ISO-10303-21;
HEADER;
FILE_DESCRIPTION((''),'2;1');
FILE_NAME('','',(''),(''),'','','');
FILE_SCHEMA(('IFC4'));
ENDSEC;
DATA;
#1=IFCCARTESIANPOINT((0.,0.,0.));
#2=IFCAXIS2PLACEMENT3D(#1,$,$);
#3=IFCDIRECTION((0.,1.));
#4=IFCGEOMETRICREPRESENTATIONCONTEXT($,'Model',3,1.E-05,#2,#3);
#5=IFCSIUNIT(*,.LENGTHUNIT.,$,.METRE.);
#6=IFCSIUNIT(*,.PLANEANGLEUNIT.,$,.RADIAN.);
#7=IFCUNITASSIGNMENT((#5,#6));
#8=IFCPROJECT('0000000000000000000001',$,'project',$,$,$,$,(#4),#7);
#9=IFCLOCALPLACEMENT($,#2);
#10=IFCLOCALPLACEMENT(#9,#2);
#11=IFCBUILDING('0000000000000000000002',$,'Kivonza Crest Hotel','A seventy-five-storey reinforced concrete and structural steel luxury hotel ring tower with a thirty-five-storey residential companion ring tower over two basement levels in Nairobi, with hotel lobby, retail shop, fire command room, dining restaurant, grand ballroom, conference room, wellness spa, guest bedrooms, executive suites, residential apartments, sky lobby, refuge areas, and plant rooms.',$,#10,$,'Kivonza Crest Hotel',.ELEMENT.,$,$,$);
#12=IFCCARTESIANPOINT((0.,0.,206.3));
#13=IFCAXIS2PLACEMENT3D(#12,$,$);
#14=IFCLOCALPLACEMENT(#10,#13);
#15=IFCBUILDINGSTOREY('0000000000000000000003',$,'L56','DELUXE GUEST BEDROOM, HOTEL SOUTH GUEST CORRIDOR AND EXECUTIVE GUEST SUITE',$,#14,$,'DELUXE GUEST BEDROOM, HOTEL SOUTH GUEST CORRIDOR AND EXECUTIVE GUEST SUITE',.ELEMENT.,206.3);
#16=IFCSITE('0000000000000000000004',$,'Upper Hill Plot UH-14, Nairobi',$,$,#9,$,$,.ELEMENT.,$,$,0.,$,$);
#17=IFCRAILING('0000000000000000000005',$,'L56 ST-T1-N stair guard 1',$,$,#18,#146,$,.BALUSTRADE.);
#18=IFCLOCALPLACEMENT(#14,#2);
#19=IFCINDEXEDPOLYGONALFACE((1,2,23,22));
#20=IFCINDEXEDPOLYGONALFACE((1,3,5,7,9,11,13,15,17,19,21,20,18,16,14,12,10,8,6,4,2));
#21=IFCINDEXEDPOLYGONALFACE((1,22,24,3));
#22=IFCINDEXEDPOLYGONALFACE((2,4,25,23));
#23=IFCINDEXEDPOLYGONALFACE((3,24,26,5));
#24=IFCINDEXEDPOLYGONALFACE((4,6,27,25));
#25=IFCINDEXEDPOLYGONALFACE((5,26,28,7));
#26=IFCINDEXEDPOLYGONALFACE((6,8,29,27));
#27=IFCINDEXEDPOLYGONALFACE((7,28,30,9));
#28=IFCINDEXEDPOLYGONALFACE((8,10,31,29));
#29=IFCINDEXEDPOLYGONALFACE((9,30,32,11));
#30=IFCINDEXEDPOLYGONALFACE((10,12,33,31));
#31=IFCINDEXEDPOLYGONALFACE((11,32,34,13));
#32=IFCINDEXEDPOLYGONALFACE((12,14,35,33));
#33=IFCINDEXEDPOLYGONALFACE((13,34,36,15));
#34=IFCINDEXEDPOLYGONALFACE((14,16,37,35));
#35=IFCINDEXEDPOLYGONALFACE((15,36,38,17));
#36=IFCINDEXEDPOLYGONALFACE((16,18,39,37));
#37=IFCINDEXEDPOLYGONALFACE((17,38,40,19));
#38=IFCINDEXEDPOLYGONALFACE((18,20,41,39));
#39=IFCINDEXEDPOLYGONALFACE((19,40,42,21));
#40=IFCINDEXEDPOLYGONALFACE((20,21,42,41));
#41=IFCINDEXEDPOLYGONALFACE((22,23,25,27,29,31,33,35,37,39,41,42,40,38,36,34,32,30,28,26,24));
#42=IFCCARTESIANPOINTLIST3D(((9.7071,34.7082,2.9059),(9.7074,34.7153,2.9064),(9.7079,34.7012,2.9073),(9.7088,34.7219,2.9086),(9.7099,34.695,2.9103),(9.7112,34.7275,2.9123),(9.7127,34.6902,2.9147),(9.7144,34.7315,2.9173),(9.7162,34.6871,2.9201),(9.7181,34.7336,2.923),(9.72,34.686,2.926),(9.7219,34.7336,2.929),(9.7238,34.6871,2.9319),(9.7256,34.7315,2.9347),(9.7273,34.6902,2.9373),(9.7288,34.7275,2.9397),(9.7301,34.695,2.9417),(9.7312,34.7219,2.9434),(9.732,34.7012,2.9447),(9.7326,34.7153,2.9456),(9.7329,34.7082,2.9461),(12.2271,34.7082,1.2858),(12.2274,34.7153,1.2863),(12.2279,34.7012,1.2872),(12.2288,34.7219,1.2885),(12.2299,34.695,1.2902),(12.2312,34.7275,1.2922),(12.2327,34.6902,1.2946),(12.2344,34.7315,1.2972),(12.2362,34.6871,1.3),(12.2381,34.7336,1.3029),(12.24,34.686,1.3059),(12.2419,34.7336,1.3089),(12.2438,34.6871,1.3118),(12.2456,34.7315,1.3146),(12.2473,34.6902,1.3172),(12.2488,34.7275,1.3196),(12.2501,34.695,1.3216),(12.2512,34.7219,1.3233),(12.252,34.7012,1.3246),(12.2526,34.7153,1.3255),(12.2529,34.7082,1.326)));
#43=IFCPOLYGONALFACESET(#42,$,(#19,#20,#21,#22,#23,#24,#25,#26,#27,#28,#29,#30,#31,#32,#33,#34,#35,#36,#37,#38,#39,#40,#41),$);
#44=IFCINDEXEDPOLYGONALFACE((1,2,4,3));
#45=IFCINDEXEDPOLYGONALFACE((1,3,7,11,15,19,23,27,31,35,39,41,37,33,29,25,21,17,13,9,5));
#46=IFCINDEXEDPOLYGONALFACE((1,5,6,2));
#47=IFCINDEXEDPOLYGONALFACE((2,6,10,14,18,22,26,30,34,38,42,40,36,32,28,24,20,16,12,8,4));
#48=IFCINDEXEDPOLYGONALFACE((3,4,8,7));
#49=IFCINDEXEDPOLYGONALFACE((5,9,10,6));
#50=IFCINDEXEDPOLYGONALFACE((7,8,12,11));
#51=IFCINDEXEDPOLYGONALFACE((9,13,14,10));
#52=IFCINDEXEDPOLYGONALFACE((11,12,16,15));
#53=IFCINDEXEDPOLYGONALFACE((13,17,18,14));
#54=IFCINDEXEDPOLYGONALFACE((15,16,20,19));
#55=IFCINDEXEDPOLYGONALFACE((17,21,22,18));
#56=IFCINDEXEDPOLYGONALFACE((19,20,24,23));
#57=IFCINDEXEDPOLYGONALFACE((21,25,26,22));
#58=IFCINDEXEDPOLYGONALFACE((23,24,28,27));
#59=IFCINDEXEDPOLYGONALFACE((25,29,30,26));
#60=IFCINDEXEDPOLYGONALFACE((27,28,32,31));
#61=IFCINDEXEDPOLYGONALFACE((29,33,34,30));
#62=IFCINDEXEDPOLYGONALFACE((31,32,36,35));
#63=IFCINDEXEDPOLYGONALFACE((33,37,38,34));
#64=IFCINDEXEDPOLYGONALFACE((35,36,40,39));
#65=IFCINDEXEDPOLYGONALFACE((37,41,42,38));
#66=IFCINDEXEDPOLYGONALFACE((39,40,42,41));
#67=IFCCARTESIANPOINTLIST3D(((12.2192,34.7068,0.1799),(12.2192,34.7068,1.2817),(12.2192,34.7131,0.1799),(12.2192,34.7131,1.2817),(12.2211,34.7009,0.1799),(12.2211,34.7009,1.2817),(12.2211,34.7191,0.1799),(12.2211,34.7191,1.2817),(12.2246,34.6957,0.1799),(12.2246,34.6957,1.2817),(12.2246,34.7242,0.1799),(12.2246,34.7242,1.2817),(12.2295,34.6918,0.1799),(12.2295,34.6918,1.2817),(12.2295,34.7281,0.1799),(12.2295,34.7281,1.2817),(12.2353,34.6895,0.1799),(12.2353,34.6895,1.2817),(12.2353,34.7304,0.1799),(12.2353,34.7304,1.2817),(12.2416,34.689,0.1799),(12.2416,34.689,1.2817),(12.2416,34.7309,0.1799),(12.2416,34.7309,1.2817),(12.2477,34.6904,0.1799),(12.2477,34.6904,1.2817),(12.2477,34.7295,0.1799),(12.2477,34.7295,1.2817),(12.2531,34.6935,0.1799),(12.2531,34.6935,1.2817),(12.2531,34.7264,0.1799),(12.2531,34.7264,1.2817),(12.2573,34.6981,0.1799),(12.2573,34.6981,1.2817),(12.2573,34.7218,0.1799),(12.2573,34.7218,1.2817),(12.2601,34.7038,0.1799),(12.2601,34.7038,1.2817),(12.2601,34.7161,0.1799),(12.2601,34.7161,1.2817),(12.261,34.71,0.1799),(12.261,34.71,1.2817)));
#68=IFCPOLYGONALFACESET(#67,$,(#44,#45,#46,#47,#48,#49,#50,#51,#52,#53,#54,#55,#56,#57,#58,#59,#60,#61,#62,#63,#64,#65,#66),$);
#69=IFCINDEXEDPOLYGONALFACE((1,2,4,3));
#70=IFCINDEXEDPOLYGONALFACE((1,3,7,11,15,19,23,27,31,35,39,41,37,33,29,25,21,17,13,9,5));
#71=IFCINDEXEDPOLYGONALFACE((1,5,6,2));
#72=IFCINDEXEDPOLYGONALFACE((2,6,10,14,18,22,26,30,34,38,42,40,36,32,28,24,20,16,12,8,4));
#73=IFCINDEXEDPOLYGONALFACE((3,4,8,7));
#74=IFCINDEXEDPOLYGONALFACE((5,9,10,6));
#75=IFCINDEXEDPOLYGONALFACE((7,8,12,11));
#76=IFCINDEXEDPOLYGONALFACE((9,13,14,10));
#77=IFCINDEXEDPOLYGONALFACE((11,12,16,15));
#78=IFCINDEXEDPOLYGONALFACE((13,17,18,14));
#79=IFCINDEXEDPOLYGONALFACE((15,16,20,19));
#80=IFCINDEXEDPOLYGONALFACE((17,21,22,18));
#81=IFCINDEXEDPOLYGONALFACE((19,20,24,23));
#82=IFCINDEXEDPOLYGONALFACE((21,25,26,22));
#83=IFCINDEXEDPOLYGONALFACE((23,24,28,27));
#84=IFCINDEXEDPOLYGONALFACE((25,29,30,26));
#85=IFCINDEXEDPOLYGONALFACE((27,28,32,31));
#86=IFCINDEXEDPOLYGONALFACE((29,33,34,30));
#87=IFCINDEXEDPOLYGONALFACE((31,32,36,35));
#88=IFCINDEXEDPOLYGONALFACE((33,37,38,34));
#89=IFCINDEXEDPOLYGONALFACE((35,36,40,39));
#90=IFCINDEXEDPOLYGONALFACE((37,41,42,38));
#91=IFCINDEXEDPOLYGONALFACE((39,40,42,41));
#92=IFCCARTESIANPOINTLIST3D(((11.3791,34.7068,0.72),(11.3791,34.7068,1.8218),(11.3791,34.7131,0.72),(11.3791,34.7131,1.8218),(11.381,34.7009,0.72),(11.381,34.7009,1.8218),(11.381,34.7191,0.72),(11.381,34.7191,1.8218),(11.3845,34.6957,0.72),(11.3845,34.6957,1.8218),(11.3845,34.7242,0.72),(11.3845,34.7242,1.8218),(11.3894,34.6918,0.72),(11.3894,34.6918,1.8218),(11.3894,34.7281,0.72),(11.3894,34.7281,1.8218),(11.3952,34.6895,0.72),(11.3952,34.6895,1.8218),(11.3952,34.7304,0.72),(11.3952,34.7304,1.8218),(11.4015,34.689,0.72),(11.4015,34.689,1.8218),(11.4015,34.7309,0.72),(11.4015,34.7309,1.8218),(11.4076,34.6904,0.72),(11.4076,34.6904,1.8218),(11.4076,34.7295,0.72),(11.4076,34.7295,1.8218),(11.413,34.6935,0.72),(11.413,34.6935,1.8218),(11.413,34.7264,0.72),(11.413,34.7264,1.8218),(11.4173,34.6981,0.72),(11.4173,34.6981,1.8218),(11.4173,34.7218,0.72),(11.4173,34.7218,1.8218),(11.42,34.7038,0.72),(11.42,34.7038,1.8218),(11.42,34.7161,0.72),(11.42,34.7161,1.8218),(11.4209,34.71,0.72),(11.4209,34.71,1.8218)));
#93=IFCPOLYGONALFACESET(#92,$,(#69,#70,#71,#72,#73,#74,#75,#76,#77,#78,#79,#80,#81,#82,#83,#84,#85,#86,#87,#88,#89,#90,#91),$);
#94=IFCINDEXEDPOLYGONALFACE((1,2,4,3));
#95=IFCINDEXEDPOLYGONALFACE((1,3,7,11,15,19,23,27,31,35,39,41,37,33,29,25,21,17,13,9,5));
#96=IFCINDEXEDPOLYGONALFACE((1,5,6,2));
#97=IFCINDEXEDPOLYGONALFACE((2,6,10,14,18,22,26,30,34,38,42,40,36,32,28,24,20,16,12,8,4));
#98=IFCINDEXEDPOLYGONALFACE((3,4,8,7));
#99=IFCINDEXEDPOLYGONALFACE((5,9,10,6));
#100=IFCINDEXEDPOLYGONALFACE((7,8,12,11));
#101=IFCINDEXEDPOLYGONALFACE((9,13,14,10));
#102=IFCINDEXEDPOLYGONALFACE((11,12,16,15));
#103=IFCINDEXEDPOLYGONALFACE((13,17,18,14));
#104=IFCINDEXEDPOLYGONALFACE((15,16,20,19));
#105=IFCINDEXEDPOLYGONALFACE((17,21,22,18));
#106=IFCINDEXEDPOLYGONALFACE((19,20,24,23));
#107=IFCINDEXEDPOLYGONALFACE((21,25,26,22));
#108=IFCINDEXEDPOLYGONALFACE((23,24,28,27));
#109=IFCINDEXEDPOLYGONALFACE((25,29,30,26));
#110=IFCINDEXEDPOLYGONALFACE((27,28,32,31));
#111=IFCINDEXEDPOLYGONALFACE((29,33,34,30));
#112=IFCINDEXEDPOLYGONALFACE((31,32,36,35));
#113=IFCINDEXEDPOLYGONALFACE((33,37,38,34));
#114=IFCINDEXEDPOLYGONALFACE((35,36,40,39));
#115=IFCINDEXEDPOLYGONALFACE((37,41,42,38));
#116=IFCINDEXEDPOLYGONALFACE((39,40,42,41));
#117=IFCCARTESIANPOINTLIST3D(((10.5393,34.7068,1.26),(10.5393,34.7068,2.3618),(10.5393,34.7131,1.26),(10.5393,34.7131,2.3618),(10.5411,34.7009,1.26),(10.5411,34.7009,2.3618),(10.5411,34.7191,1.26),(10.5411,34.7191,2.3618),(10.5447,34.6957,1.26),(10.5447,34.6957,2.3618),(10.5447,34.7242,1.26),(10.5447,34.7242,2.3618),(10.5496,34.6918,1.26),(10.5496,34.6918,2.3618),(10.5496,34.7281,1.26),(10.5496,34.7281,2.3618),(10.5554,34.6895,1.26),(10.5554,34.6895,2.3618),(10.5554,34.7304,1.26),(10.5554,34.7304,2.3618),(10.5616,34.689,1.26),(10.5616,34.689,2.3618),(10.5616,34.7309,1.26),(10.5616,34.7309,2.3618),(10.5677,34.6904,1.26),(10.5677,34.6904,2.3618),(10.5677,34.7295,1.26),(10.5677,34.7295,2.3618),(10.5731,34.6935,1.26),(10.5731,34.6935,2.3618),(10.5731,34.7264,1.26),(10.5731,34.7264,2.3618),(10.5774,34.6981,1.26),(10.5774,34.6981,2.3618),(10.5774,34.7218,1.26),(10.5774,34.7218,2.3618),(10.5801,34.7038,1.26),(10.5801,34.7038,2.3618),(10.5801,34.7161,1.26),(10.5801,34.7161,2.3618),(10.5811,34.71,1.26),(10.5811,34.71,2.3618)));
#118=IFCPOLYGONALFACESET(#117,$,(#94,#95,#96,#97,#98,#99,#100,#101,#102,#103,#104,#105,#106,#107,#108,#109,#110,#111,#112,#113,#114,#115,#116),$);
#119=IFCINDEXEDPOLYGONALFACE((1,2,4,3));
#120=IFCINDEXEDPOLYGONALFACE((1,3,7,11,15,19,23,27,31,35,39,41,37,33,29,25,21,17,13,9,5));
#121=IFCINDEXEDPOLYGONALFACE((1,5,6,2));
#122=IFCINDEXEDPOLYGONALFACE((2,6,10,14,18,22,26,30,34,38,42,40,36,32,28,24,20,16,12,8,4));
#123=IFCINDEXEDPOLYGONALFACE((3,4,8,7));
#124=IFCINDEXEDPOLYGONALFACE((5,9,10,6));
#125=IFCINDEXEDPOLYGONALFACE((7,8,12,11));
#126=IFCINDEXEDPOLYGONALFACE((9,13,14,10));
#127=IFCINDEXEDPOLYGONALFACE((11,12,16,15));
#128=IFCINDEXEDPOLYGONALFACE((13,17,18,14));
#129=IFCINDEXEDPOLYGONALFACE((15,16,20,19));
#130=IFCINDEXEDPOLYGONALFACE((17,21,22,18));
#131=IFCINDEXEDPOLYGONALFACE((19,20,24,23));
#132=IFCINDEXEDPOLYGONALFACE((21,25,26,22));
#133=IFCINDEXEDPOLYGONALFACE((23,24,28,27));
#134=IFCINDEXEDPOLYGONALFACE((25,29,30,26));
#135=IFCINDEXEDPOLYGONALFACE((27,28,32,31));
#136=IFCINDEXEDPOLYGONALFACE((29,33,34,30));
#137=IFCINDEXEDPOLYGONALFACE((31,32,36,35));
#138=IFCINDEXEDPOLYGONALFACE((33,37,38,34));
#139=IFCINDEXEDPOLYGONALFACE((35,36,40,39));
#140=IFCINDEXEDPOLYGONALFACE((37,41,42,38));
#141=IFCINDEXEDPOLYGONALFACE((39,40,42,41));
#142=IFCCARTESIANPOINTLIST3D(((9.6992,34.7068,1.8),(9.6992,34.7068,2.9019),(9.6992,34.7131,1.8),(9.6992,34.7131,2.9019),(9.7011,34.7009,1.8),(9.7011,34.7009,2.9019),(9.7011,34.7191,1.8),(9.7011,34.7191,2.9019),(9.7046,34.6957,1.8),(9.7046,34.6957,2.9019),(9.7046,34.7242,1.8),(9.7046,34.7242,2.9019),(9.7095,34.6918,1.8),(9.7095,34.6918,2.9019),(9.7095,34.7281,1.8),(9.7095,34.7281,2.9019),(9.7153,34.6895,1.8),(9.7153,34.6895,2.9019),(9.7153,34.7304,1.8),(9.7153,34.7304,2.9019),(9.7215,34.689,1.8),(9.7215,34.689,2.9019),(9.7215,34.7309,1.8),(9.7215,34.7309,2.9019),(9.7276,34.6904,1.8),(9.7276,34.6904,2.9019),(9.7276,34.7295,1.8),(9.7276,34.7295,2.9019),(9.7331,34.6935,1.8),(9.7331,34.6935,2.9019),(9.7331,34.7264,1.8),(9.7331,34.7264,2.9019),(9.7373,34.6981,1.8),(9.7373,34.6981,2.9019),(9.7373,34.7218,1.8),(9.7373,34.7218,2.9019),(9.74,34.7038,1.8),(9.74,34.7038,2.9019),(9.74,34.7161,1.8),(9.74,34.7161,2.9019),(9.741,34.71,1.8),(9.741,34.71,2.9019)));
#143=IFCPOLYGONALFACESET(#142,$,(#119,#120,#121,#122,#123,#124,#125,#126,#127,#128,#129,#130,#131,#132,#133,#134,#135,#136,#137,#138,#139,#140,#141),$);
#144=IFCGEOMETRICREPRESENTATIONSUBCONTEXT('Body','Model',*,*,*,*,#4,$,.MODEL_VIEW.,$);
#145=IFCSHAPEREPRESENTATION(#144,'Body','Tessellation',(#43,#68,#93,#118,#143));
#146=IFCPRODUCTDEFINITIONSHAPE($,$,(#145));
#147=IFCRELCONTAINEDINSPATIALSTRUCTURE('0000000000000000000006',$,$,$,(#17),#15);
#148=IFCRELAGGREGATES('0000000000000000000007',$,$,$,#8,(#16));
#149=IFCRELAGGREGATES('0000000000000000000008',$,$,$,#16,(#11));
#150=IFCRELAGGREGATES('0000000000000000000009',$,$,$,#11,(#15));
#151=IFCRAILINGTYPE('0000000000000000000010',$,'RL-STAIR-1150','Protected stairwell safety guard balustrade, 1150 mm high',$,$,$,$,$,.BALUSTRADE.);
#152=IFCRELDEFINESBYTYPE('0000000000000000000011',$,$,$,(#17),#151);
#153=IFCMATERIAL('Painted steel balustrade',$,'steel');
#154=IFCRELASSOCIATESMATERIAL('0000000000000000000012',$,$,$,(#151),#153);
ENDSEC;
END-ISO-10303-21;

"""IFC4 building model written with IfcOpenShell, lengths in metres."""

from ifc_helpers import new_model, si_unit, direction, frame, origin, origin_2d, place, context, subcontext, project, spatial, circle, extrude, material, type_object, element, save


model = new_model("IFC4")

# Units and contexts
model_context = context("Model", 3, precision=1e-05, world=origin(), true_north=direction((0.0, 1.0)))
body_context = subcontext(model_context, "Body", "Model", "MODEL_VIEW")
ifc_project = project(units=[si_unit("LENGTHUNIT", "METRE"), si_unit("PLANEANGLEUNIT", "RADIAN")], contexts=[model_context])

# Site, building, storey
site_placement = place(None, origin())
site = spatial("IfcSite", under=ifc_project, at=site_placement, Name="Upper Hill Plot UH-14, Nairobi", CompositionType="ELEMENT", RefElevation=0.0)
building_placement = place(site_placement, origin())
building = spatial("IfcBuilding", under=site, at=building_placement, Name="Kivonza Crest Hotel", Description="A seventy-five-storey reinforced concrete and structural steel luxury hotel ring tower with a thirty-five-storey residential companion ring tower over two basement levels in Nairobi, with hotel lobby, retail shop, fire command room, dining restaurant, grand ballroom, conference room, wellness spa, guest bedrooms, executive suites, residential apartments, sky lobby, refuge areas, and plant rooms.", LongName="Kivonza Crest Hotel", CompositionType="ELEMENT")
storey_placement = place(building_placement, frame((0.0, 0.0, 206.3)))
storey = spatial("IfcBuildingStorey", under=building, at=storey_placement, Name="L56", Description="DELUXE GUEST BEDROOM, HOTEL SOUTH GUEST CORRIDOR AND EXECUTIVE GUEST SUITE", LongName="DELUXE GUEST BEDROOM, HOTEL SOUTH GUEST CORRIDOR AND EXECUTIVE GUEST SUITE", CompositionType="ELEMENT", Elevation=206.3)

# Railing
ifc_material_1 = material(Name="Painted steel balustrade", Category="steel")
railing_type_1 = type_object("IfcRailingType", Name="RL-STAIR-1150", Description="Protected stairwell safety guard balustrade, 1150 mm high", PredefinedType="BALUSTRADE", material=ifc_material_1)
railing_1_placement = place(storey_placement, frame((12.24, 34.71, 0.1799)))
element("IfcRailing", 1, at=railing_1_placement, inside=storey, type_object=railing_type_1, Name="L56 ST-T1-N stair guard 1", PredefinedType="BALUSTRADE", context=body_context, shape_type="SweptSolid", body=[
    extrude(circle(Radius=0.0239, at=origin_2d()), frame((0.0, 0.0, 1.126), z_axis=(-0.841163, 0.0, 0.540782), x_axis=(0.0, -1.0, 0.0)), (0.0, 0.0, 1.0), 2.9958),
    extrude(circle(Radius=0.021, at=origin_2d()), origin(), (0.0, 0.0, 1.0), 1.1018),
    extrude(circle(Radius=0.021, at=origin_2d()), frame((-0.8401, 0.0, 0.54)), (0.0, 0.0, 1.0), 1.1018),
    extrude(circle(Radius=0.021, at=origin_2d()), frame((-1.6799, 0.0, 1.0801)), (0.0, 0.0, 1.0), 1.1018),
    extrude(circle(Radius=0.021, at=origin_2d()), frame((-2.52, 0.0, 1.6201)), (0.0, 0.0, 1.0), 1.1018),
])

save(model, "model.ifc")
